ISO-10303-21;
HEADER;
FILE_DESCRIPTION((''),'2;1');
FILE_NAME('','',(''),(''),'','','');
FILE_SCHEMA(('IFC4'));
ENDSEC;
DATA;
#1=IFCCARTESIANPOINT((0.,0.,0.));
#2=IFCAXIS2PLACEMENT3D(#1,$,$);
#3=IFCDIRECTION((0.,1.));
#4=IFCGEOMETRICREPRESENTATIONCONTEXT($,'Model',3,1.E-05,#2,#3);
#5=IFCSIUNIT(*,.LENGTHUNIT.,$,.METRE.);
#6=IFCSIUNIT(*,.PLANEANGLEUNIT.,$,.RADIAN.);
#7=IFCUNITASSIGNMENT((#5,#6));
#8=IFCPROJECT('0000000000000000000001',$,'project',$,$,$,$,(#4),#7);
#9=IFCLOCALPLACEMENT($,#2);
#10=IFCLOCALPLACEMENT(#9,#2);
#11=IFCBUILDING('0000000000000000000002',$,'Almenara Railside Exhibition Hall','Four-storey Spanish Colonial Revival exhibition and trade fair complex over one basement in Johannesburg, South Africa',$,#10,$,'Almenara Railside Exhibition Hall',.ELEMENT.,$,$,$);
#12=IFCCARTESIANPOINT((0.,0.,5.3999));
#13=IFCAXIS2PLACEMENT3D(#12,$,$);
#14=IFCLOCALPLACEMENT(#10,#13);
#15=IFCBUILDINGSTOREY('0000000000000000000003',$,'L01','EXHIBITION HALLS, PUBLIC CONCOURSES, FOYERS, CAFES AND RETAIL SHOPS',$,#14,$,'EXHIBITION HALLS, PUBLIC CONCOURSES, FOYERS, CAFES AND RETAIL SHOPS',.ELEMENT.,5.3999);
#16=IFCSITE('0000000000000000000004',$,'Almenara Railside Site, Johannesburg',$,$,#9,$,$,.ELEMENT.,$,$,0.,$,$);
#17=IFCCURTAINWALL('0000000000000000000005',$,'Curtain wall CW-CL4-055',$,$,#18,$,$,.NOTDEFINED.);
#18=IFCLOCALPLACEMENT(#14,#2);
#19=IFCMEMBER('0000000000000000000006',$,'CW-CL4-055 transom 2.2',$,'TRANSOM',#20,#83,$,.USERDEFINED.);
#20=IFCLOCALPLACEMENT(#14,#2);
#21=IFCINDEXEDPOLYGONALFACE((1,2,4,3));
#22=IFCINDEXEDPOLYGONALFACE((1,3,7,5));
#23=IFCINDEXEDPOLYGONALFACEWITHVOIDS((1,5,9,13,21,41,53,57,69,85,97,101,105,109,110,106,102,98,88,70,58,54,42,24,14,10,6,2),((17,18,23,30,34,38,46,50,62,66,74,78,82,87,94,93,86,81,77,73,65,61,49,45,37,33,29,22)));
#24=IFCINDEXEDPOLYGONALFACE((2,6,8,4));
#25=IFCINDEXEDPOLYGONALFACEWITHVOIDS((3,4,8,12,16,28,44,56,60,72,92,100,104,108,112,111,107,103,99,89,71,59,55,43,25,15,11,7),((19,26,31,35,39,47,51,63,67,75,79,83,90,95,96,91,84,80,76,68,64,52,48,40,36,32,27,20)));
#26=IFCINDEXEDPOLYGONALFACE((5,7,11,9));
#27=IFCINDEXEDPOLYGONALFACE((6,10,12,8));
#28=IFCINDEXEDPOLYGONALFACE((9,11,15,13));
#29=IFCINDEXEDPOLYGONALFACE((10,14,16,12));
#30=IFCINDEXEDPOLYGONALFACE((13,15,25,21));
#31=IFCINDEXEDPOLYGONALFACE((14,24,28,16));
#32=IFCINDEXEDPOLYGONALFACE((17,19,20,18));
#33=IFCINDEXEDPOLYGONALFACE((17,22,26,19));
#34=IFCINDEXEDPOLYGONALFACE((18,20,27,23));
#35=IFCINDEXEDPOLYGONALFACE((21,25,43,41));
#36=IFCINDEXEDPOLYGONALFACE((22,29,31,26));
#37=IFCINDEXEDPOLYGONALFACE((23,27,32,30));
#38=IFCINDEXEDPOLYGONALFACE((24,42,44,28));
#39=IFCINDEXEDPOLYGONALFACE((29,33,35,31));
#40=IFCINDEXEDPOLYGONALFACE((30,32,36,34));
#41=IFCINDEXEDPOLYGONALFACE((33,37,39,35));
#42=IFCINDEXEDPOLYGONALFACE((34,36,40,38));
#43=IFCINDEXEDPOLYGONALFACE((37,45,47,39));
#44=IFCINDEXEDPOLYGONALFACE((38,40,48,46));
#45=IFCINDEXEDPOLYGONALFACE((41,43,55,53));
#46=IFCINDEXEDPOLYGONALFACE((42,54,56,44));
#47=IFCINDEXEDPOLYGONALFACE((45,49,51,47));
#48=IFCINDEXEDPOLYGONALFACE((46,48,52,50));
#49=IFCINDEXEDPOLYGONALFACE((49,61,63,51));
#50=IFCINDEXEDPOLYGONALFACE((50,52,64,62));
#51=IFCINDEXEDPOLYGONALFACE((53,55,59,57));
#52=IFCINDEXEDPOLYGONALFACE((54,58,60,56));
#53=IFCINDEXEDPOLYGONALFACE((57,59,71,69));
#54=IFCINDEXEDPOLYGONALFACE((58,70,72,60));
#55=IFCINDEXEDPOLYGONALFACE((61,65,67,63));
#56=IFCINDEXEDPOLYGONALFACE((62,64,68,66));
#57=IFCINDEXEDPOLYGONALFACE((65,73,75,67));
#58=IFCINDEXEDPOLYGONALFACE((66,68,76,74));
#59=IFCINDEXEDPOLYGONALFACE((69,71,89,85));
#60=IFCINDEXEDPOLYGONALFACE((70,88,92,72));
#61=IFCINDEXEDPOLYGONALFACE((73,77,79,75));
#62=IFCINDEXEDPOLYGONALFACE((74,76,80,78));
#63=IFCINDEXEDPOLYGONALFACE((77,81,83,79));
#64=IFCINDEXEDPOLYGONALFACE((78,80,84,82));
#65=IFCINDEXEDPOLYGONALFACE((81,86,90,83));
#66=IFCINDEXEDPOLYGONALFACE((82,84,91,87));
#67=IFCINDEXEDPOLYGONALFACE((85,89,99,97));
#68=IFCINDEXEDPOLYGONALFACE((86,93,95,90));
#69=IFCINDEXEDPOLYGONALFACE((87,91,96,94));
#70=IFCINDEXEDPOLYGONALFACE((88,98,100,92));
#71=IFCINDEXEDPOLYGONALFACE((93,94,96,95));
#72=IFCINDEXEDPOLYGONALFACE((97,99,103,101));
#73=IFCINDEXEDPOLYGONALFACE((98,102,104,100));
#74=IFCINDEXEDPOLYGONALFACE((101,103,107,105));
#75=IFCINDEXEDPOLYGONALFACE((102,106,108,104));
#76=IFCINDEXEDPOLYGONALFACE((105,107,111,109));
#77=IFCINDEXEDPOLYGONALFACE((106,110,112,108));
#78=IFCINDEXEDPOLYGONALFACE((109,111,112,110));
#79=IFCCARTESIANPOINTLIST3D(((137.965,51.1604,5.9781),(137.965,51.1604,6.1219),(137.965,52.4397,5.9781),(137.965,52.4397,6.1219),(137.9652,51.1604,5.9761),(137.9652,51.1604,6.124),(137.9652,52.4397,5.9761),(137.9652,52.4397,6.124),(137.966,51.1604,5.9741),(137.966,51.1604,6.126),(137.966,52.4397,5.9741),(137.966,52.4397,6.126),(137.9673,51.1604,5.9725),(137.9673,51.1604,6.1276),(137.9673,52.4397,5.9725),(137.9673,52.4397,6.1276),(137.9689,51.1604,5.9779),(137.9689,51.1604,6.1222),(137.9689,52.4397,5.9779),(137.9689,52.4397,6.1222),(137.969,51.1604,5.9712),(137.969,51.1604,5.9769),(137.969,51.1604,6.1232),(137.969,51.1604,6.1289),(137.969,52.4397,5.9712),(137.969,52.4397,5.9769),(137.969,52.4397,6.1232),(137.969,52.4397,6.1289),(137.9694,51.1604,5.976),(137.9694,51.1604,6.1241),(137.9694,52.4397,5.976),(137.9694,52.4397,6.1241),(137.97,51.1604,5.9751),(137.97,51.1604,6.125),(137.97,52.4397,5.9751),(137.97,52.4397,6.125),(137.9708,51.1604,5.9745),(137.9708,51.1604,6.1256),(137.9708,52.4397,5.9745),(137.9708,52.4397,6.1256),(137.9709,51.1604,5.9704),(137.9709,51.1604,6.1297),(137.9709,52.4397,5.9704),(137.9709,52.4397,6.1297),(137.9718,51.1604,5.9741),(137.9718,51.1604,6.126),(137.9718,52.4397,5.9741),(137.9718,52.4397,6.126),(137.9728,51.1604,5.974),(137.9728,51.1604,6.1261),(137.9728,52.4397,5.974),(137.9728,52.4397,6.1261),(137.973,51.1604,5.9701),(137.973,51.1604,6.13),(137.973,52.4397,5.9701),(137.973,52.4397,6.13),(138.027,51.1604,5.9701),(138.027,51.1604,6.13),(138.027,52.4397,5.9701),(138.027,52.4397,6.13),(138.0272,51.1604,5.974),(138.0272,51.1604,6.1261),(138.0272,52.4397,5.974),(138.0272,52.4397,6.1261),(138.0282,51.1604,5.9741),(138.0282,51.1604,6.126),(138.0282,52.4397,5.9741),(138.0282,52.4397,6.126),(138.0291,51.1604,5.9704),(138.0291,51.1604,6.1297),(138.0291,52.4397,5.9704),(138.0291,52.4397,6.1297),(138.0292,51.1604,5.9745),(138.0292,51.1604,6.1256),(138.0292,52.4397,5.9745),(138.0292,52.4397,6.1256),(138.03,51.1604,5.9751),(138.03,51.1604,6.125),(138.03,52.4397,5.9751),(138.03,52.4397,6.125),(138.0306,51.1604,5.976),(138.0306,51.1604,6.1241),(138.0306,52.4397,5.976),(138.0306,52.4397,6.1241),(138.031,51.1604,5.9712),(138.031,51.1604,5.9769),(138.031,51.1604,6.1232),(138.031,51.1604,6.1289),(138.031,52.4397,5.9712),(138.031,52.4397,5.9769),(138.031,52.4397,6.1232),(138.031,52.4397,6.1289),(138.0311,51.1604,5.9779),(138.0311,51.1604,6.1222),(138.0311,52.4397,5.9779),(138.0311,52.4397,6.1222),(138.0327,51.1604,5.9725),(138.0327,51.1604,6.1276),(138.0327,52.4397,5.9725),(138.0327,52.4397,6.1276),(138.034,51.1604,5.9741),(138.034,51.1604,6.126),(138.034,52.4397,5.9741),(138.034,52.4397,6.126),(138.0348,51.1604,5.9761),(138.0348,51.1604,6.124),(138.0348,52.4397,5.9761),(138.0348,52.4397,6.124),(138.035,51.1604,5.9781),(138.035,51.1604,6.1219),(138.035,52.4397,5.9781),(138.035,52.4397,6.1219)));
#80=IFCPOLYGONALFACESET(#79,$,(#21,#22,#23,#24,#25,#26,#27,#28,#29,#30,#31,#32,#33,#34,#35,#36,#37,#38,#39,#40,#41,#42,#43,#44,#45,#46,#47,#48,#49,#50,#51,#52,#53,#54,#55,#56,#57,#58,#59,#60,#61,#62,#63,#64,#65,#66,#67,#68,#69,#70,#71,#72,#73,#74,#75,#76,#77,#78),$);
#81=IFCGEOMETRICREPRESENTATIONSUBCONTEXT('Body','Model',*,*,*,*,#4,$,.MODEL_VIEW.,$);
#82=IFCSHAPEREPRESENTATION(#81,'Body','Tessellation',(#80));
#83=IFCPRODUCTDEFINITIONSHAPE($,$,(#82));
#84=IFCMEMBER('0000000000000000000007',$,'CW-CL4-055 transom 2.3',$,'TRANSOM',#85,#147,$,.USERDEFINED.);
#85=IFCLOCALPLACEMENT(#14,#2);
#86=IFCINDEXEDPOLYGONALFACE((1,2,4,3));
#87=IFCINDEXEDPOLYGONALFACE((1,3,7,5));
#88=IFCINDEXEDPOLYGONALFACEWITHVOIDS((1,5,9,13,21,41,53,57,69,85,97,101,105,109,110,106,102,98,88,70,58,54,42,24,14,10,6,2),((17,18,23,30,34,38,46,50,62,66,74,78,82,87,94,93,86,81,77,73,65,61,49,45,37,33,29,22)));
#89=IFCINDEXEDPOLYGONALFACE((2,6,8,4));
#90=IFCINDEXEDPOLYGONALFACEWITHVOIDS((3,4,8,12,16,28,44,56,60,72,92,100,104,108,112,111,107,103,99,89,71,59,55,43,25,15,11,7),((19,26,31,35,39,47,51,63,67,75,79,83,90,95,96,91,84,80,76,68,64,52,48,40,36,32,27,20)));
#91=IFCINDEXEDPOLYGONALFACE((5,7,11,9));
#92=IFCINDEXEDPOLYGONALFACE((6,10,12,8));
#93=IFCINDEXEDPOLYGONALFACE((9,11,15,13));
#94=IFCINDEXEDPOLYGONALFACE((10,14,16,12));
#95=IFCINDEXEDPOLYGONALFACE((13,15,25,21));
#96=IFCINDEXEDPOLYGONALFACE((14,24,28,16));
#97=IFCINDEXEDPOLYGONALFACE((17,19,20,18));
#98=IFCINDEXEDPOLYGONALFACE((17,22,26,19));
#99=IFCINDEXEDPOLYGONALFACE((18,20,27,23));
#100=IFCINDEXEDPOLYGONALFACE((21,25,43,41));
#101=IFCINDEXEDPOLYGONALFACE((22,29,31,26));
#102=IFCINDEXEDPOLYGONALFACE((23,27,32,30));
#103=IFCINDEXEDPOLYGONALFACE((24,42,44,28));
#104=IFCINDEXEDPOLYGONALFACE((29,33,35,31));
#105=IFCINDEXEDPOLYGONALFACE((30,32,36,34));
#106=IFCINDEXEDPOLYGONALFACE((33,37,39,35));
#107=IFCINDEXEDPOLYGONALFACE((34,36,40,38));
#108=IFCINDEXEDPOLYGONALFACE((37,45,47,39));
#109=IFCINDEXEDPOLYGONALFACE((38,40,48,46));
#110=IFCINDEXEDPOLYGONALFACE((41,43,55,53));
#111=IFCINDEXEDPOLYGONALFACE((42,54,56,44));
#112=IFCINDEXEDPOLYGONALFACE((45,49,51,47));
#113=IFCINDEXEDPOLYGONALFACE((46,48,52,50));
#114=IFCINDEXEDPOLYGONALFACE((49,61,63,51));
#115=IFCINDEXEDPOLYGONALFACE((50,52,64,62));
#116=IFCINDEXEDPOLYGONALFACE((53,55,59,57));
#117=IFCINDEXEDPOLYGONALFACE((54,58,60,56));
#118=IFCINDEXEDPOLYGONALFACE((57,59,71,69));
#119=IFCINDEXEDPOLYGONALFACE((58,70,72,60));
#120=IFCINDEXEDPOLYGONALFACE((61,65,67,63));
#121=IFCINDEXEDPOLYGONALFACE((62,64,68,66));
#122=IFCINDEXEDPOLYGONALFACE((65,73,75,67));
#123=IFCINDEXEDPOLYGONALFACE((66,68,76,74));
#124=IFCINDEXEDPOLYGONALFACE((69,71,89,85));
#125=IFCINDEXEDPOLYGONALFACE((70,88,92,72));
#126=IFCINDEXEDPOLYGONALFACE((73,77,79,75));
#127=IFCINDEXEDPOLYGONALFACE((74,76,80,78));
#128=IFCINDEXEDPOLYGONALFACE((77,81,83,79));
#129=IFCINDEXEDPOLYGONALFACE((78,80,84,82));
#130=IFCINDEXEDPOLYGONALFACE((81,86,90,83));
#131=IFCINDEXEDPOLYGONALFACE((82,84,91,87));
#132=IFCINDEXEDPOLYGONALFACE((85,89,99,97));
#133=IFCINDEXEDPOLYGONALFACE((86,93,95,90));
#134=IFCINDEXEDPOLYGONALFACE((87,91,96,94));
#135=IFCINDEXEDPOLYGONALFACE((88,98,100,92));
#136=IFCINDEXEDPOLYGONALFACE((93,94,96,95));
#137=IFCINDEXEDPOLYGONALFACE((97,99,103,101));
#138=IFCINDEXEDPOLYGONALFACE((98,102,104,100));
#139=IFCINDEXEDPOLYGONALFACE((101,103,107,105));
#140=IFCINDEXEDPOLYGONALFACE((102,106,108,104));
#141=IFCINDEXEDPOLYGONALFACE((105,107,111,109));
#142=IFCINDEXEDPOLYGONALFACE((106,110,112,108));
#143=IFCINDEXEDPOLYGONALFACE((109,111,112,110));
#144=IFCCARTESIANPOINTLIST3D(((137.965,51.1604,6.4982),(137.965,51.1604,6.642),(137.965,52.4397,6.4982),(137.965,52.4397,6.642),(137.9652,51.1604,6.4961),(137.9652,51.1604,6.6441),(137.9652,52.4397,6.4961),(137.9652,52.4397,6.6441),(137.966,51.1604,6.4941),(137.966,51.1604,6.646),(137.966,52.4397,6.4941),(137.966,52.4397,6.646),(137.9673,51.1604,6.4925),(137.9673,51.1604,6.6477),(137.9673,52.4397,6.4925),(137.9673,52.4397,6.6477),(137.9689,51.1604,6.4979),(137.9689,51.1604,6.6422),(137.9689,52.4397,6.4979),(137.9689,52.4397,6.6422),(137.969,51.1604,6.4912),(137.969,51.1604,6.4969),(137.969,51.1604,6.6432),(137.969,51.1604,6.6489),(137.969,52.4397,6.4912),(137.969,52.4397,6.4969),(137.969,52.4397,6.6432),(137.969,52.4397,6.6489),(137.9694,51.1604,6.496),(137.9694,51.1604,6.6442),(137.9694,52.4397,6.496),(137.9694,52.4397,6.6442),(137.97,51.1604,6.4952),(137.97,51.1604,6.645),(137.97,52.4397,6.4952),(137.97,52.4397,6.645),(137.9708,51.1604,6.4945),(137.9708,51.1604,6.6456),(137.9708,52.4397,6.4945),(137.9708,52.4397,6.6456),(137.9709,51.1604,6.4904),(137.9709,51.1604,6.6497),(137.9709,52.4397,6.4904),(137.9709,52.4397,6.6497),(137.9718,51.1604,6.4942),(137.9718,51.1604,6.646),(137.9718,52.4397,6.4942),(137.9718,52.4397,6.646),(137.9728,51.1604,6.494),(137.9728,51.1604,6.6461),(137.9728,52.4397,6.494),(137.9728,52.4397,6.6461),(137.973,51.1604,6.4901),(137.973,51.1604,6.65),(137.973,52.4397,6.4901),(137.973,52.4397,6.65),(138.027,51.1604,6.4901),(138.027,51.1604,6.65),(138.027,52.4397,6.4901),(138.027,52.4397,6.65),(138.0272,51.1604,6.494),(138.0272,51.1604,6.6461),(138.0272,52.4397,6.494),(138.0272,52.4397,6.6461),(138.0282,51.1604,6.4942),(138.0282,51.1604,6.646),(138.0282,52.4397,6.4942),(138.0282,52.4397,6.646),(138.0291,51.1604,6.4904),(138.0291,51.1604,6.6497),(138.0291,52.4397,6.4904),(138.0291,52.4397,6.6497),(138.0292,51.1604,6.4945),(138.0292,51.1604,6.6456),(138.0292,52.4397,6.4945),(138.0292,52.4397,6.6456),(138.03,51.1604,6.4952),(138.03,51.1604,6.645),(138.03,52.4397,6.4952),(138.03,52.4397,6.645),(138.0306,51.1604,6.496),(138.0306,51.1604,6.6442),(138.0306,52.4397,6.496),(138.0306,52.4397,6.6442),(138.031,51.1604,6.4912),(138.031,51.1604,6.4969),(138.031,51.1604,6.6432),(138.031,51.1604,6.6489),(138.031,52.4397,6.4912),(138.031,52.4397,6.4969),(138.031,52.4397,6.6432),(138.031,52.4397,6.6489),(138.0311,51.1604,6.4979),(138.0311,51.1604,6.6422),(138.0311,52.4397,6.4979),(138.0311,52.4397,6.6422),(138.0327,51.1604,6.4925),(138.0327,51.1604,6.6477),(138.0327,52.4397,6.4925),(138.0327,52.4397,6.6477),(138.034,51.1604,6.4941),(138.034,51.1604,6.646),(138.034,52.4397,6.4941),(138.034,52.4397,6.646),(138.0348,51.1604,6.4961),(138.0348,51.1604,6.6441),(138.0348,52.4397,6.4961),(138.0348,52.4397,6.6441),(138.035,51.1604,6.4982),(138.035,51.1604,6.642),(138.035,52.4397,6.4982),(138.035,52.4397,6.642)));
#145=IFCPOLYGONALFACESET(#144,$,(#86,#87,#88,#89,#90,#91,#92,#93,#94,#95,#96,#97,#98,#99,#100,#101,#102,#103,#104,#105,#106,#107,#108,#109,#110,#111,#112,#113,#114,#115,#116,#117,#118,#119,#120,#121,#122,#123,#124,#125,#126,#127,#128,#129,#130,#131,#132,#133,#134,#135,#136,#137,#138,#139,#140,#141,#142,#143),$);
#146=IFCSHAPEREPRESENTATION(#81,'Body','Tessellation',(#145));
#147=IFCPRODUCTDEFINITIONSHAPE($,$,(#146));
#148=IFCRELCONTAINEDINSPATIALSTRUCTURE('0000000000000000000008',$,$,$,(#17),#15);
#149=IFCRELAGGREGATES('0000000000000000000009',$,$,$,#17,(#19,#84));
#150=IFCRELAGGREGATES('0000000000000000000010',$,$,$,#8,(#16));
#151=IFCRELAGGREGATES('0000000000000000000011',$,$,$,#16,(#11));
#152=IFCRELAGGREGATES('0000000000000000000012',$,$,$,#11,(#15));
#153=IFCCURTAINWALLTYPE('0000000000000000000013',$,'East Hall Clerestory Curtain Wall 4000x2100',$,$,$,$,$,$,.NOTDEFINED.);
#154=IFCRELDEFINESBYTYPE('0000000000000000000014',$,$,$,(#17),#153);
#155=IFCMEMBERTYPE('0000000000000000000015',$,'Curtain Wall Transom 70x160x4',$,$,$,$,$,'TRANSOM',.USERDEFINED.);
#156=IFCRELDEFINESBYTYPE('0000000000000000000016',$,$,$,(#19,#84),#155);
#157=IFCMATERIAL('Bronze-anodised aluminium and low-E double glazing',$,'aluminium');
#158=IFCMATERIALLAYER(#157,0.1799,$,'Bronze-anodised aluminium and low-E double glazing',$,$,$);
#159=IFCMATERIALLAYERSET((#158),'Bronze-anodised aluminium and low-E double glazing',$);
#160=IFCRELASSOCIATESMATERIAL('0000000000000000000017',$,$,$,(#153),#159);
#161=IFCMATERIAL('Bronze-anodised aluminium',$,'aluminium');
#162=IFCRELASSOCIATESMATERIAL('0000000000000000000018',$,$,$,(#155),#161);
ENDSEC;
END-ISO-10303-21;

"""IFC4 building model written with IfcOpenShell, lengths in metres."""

from ifc_helpers import new_model, si_unit, direction, frame, origin, origin_2d, place, context, subcontext, project, spatial, hollow_rectangle, extrude, material, layer, layer_set, material_profile, profile_set, type_object, element, aggregate, save


model = new_model("IFC4")

# Units and contexts
model_context = context("Model", 3, precision=1e-05, world=origin(), true_north=direction((0.0, 1.0)))
body_context = subcontext(model_context, "Body", "Model", "MODEL_VIEW")
ifc_project = project(units=[si_unit("LENGTHUNIT", "METRE"), si_unit("PLANEANGLEUNIT", "RADIAN")], contexts=[model_context])

# Site, building, storey
site_placement = place(None, origin())
site = spatial("IfcSite", under=ifc_project, at=site_placement, Name="Almenara Railside Site, Johannesburg", CompositionType="ELEMENT", RefElevation=0.0)
building_placement = place(site_placement, origin())
building = spatial("IfcBuilding", under=site, at=building_placement, Name="Almenara Railside Exhibition Hall", Description="Four-storey Spanish Colonial Revival exhibition and trade fair complex over one basement in Johannesburg, South Africa", LongName="Almenara Railside Exhibition Hall", CompositionType="ELEMENT")
storey_placement = place(building_placement, frame((0.0, 0.0, 5.3999)))
storey = spatial("IfcBuildingStorey", under=building, at=storey_placement, Name="L01", Description="EXHIBITION HALLS, PUBLIC CONCOURSES, FOYERS, CAFES AND RETAIL SHOPS", LongName="EXHIBITION HALLS, PUBLIC CONCOURSES, FOYERS, CAFES AND RETAIL SHOPS", CompositionType="ELEMENT", Elevation=5.3999)

# Shared definitions
ifc_material_1 = material(Name="Bronze-anodised aluminium and low-E double glazing", Category="aluminium")
ifc_material_2 = material(Name="Bronze-anodised aluminium", Category="aluminium")

# Curtain wall, members
ifc_layer_1 = layer(ifc_material_1, 0.1799, Name="Bronze-anodised aluminium and low-E double glazing")
ifc_layer_set_1 = layer_set([ifc_layer_1], Name="Bronze-anodised aluminium and low-E double glazing")
curtain_wall_type_1 = type_object("IfcCurtainWallType", Name="East Hall Clerestory Curtain Wall 4000x2100", PredefinedType="NOTDEFINED", material=ifc_layer_set_1)
curtain_wall_1_placement = place(storey_placement, origin())
curtain_wall_1 = element("IfcCurtainWall", 1, at=curtain_wall_1_placement, inside=storey, type_object=curtain_wall_type_1, Name="Curtain wall CW-CL4-055", PredefinedType="NOTDEFINED")
ifc_material_profile_1 = material_profile(ifc_material_2, hollow_rectangle(XDim=0.0701, YDim=0.1599, WallThickness=0.0039, InnerFilletRadius=0.0039, OuterFilletRadius=0.0081, at=origin_2d()), Name="ALU-TRN 70x160x4")
ifc_profile_set_1 = profile_set([ifc_material_profile_1], Name="Bronze-anodised aluminium")
member_type_1 = type_object("IfcMemberType", Name="Curtain Wall Transom 70x160x4", ElementType="TRANSOM", PredefinedType="USERDEFINED", material=ifc_profile_set_1)
member_1_placement = place(storey_placement, frame((138.0, 51.1604, 6.05), z_axis=(0.0, 1.0, 0.0), x_axis=(-1.0, 0.0, 0.0)))
member_1 = element("IfcMember", 2, at=member_1_placement, type_object=member_type_1, Name="CW-CL4-055 transom 2.2", ObjectType="TRANSOM", PredefinedType="USERDEFINED", context=body_context, shape_type="SweptSolid", body=[
    extrude(hollow_rectangle(XDim=0.0701, YDim=0.1599, WallThickness=0.0039, InnerFilletRadius=0.0039, OuterFilletRadius=0.0081, at=origin_2d()), origin(), (0.0, 0.0, 1.0), 1.2793),
])
member_2_placement = place(storey_placement, frame((138.0, 51.1604, 6.5701), z_axis=(0.0, 1.0, 0.0), x_axis=(-1.0, 0.0, 0.0)))
member_2 = element("IfcMember", 3, at=member_2_placement, type_object=member_type_1, Name="CW-CL4-055 transom 2.3", ObjectType="TRANSOM", PredefinedType="USERDEFINED", context=body_context, shape_type="SweptSolid", body=[
    extrude(hollow_rectangle(XDim=0.0701, YDim=0.1599, WallThickness=0.0039, InnerFilletRadius=0.0039, OuterFilletRadius=0.0081, at=origin_2d()), origin(), (0.0, 0.0, 1.0), 1.2793),
])
aggregate(curtain_wall_1, [member_1, member_2])

save(model, "model.ifc")
